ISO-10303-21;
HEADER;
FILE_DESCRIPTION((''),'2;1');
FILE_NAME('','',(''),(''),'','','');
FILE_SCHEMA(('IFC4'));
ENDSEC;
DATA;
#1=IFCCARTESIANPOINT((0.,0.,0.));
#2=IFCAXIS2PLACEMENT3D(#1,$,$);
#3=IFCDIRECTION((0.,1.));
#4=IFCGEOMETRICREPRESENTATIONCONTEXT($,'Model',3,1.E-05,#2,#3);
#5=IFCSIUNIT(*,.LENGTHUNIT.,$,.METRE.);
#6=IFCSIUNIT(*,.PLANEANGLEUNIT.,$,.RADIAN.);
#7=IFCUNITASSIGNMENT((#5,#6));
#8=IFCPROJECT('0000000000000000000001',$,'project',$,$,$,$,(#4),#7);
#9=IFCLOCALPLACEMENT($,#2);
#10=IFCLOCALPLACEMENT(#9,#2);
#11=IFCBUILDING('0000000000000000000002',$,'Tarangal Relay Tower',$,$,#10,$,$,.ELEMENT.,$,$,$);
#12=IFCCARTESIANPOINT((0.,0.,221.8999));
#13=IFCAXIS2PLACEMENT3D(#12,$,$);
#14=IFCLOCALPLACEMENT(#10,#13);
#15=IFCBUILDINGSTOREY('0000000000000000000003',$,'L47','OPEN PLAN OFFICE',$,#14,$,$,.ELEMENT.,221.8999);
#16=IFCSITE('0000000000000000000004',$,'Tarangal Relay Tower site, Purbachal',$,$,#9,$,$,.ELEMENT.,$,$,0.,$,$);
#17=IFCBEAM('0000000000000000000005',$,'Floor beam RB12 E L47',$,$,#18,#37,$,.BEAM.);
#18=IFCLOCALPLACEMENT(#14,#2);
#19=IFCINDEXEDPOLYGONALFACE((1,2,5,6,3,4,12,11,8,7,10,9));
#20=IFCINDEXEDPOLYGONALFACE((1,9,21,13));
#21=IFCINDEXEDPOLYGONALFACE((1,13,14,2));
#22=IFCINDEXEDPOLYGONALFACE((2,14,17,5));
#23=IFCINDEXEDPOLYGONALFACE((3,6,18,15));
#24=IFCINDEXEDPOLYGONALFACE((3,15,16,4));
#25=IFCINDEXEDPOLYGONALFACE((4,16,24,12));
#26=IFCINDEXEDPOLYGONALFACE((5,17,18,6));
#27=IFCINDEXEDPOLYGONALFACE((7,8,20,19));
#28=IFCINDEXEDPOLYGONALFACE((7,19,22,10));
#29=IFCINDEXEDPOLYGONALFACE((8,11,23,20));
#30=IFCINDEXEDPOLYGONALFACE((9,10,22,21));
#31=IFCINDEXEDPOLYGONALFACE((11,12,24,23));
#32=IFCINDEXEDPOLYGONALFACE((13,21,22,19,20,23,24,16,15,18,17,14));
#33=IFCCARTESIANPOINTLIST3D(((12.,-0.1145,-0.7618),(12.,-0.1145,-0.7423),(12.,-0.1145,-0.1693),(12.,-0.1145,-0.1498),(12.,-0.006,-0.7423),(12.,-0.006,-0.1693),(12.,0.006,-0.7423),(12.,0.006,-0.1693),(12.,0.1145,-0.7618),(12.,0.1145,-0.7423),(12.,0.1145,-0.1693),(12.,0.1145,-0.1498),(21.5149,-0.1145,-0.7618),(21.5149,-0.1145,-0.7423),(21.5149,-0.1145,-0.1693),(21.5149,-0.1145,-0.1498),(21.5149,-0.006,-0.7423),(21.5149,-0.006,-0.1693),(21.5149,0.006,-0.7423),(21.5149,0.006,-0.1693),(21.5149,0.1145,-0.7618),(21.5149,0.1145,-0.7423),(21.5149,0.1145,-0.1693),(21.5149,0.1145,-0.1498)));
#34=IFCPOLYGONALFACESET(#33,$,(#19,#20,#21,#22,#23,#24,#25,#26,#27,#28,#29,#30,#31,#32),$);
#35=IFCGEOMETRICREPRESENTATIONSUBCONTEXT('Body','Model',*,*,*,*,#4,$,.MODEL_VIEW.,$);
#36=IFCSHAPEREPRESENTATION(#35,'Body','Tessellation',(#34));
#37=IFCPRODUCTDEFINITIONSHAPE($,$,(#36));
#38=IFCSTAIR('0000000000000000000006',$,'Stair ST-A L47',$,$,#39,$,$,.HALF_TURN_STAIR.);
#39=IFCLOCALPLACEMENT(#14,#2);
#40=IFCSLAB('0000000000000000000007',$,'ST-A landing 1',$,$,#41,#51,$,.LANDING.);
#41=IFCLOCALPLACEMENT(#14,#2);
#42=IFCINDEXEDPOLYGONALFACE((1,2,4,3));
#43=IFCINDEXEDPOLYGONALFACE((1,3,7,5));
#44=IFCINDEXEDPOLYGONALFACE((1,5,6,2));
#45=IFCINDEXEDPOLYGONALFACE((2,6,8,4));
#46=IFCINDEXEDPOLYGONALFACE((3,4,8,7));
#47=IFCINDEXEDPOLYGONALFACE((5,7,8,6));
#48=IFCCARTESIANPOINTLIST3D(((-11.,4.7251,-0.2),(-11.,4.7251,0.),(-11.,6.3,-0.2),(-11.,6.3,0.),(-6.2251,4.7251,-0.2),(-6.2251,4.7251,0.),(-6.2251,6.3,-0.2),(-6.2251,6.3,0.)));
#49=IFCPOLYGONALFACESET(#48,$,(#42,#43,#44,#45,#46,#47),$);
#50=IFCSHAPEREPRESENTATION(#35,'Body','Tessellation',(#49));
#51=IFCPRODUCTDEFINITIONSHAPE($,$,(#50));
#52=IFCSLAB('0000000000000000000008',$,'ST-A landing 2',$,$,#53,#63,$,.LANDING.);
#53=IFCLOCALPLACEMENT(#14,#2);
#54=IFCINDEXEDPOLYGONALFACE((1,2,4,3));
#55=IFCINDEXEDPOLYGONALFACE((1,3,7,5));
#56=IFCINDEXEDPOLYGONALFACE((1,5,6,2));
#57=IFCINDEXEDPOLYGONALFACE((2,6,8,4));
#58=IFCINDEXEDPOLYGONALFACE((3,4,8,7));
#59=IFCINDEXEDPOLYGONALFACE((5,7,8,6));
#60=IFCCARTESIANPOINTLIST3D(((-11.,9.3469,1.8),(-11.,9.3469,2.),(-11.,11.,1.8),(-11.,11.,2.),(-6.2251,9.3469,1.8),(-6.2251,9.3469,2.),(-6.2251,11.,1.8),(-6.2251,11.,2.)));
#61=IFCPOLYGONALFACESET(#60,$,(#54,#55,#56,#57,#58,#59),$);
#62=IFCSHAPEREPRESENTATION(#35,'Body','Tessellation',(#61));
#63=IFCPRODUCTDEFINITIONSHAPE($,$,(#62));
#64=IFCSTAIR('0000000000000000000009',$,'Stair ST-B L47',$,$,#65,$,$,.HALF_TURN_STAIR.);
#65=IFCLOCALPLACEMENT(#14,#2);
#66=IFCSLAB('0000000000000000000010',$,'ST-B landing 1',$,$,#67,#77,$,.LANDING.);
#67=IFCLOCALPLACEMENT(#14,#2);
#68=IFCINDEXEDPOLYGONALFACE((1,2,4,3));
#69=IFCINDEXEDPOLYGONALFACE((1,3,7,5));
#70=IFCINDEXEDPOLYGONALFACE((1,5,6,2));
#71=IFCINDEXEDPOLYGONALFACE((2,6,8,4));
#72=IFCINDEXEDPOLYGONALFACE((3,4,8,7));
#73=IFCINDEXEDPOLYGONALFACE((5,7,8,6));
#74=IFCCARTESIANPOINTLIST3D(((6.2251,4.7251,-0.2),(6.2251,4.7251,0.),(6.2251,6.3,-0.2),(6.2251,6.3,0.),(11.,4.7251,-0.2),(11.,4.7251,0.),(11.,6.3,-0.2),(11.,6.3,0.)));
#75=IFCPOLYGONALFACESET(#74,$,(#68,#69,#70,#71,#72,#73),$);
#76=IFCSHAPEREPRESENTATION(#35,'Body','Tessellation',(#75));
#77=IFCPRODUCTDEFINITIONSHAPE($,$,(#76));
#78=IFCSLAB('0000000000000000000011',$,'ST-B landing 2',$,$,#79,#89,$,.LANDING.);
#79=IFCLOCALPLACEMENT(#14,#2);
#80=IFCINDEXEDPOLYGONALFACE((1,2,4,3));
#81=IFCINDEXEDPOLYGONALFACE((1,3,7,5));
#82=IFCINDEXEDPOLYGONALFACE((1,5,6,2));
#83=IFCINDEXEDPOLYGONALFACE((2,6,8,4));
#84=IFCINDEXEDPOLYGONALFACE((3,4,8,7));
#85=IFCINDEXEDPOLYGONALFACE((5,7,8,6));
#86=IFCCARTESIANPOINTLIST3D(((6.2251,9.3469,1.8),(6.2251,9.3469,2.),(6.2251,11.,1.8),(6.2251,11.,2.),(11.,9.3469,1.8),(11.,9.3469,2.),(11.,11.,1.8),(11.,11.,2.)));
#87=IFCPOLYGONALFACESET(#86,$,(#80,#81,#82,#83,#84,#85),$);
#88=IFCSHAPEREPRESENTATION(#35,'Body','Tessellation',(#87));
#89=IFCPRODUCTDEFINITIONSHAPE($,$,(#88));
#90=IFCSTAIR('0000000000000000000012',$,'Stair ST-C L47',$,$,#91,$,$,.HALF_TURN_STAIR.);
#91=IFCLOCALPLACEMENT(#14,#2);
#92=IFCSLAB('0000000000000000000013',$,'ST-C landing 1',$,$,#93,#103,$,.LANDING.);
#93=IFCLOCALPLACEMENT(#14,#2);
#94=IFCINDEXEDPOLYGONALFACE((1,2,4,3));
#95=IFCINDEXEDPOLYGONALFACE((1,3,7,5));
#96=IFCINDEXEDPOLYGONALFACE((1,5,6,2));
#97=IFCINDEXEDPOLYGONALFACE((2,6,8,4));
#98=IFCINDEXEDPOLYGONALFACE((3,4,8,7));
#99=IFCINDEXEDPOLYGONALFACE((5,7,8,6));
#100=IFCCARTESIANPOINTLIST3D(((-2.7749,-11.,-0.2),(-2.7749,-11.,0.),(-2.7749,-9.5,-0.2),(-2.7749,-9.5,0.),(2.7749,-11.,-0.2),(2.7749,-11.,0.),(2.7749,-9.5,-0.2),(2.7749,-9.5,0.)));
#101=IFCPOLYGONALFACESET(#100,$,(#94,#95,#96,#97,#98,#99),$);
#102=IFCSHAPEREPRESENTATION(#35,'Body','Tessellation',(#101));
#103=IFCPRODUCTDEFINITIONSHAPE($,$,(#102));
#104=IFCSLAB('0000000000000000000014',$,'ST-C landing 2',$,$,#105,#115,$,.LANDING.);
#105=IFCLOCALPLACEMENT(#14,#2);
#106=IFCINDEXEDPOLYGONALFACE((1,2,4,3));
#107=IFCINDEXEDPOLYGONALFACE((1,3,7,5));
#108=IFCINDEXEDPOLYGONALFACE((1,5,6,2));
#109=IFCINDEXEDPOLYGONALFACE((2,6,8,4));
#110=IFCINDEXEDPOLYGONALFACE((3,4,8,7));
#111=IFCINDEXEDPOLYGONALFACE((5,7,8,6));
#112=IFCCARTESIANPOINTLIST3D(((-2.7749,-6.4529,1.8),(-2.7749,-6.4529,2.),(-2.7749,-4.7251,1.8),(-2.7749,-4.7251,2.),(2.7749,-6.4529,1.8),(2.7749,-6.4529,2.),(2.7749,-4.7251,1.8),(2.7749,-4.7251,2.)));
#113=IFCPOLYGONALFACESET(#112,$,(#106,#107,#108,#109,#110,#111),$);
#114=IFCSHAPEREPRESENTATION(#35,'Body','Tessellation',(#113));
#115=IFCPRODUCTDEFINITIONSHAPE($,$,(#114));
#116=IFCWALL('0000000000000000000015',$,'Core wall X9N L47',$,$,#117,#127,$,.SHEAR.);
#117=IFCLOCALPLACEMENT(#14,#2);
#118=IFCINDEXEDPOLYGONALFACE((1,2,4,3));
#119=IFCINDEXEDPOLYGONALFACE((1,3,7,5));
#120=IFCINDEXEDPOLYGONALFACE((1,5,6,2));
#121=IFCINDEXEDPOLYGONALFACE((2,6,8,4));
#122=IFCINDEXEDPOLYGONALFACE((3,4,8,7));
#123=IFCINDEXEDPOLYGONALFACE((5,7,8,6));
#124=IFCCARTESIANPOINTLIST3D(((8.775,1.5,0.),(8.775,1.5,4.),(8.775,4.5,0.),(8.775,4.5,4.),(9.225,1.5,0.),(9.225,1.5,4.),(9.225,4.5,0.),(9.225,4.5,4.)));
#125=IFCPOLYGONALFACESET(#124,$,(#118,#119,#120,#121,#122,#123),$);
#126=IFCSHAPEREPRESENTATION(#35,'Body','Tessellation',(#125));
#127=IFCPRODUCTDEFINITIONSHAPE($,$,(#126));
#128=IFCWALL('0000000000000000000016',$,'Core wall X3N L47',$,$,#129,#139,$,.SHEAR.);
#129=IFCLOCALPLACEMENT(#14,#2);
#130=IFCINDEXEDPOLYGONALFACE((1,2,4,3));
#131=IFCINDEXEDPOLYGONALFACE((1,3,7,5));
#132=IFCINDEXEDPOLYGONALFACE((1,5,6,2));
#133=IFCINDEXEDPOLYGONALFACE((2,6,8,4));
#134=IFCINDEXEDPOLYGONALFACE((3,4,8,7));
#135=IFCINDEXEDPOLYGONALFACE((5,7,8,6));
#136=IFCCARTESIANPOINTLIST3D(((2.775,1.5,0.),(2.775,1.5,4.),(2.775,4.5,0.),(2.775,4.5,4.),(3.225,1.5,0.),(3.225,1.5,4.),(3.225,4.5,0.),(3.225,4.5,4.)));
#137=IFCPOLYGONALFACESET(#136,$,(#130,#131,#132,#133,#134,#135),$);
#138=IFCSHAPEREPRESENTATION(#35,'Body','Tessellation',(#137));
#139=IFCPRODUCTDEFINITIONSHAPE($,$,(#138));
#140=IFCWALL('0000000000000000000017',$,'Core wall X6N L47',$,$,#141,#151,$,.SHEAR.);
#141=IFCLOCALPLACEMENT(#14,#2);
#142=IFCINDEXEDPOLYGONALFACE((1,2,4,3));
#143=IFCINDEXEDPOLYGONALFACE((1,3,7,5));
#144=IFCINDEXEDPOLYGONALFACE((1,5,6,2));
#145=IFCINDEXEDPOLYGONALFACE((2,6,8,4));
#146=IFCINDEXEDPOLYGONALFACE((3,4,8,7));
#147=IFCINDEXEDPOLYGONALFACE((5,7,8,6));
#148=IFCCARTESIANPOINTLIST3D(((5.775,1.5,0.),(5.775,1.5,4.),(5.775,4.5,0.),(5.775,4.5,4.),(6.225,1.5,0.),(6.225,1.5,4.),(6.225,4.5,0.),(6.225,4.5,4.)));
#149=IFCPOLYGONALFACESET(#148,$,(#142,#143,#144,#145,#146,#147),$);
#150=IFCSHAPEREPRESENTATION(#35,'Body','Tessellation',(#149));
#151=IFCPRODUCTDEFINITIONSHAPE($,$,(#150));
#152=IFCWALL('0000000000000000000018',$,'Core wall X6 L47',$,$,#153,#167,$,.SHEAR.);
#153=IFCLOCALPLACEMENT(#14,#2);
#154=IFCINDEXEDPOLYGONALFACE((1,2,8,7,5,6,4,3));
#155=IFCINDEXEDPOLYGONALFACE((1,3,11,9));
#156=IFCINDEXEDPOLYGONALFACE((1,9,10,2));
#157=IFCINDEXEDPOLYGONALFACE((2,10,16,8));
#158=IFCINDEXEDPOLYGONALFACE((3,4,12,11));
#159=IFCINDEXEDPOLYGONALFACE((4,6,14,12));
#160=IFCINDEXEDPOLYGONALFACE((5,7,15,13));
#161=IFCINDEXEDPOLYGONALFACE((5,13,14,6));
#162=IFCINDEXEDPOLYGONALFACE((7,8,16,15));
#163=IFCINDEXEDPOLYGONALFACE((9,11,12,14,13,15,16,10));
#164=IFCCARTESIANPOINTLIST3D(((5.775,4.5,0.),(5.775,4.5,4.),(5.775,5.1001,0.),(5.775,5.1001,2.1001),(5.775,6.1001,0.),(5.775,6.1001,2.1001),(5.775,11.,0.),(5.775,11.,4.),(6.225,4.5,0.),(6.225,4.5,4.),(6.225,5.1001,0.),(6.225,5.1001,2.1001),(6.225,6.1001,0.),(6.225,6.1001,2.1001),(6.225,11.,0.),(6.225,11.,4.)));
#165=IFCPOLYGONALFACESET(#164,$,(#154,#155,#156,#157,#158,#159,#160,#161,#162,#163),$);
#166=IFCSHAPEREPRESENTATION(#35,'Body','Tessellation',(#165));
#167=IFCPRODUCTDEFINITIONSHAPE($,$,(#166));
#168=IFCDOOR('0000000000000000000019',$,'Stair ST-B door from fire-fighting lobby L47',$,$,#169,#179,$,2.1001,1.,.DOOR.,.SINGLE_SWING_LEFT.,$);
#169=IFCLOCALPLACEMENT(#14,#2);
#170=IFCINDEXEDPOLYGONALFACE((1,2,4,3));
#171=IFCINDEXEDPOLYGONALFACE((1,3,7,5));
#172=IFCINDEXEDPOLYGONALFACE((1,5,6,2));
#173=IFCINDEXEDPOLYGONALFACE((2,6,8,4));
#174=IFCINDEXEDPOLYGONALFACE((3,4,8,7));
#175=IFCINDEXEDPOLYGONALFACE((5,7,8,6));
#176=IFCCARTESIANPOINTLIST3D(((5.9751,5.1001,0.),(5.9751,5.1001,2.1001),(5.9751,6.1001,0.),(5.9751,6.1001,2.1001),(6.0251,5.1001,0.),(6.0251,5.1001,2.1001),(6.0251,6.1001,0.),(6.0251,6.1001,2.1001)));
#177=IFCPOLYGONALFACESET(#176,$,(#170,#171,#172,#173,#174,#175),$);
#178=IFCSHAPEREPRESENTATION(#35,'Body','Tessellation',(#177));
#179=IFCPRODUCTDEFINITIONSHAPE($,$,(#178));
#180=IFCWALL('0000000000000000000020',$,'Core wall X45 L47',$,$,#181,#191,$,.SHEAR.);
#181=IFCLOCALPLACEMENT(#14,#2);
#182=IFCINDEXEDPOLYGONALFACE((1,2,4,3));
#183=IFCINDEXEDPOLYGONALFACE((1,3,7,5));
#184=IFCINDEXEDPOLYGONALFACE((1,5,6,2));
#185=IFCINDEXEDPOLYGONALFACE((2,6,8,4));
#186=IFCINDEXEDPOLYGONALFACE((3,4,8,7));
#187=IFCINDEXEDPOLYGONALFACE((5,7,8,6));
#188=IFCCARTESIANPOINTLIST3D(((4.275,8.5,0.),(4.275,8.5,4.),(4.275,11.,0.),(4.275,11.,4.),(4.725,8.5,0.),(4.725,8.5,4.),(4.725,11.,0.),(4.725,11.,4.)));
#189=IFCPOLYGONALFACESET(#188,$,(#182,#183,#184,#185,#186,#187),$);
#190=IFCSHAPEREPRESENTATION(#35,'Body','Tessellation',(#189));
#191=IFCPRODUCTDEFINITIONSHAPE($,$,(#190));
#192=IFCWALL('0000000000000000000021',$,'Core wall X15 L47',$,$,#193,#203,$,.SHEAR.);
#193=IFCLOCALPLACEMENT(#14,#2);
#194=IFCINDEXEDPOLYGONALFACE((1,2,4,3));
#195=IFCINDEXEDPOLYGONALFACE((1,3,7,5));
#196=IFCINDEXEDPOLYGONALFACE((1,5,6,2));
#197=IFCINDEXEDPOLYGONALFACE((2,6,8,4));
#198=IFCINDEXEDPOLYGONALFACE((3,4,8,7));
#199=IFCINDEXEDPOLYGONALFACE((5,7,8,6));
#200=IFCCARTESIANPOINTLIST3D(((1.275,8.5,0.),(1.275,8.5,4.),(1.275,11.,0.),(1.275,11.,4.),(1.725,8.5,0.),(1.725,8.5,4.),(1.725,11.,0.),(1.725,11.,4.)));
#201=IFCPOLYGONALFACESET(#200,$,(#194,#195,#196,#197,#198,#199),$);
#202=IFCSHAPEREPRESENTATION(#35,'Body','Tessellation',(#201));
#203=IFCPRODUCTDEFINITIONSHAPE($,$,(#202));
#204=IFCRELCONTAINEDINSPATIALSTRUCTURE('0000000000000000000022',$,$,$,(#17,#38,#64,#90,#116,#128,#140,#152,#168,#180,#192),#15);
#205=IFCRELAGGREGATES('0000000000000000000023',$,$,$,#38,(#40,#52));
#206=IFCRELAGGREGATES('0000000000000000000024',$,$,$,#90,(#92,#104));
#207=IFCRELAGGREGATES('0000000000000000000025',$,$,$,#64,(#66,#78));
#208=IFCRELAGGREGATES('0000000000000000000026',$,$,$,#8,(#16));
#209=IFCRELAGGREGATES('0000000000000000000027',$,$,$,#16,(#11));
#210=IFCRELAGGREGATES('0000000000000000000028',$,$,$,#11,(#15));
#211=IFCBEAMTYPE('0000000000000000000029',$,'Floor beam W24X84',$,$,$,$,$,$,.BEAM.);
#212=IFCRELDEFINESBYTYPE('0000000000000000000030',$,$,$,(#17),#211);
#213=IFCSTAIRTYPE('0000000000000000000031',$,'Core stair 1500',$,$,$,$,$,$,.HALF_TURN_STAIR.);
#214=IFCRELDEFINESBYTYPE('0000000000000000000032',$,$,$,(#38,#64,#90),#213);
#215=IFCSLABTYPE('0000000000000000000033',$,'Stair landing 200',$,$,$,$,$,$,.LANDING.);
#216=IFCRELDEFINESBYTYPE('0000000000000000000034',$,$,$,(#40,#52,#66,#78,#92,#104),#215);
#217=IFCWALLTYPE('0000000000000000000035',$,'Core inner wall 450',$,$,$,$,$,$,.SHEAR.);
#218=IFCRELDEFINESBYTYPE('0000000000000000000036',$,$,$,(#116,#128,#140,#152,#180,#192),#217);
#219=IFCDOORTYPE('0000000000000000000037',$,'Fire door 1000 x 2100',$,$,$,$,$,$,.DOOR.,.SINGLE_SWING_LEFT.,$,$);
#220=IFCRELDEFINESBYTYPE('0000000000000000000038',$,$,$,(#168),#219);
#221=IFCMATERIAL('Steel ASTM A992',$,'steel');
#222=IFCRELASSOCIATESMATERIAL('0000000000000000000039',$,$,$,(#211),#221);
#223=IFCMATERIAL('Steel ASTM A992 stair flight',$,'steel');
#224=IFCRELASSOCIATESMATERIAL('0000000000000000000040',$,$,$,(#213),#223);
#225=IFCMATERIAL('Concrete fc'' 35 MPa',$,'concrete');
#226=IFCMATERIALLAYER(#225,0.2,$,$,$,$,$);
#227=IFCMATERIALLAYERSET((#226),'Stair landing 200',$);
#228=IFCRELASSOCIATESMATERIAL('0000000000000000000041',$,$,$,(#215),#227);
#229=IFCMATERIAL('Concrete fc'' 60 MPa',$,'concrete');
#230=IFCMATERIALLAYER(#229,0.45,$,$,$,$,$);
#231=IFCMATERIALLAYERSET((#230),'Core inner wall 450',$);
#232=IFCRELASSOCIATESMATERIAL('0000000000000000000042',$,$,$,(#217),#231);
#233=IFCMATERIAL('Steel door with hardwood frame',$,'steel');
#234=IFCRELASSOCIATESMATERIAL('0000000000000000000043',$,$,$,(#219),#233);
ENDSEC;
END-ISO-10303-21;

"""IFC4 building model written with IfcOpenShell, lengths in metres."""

from ifc_helpers import new_model, si_unit, direction, frame, frame_2d, origin, origin_2d, place, context, subcontext, project, spatial, polyline, rectangle, i_section, outline, extrude, material, layer, layer_set, material_profile, profile_set, type_object, element, fill, aggregate, save


model = new_model("IFC4")

# Units and contexts
model_context = context("Model", 3, precision=1e-05, world=origin(), true_north=direction((0.0, 1.0)))
body_context = subcontext(model_context, "Body", "Model", "MODEL_VIEW")
ifc_project = project(units=[si_unit("LENGTHUNIT", "METRE"), si_unit("PLANEANGLEUNIT", "RADIAN")], contexts=[model_context])

# Site, building, storey
site_placement = place(None, origin())
site = spatial("IfcSite", under=ifc_project, at=site_placement, Name="Tarangal Relay Tower site, Purbachal", CompositionType="ELEMENT", RefElevation=0.0)
building_placement = place(site_placement, origin())
building = spatial("IfcBuilding", under=site, at=building_placement, Name="Tarangal Relay Tower", CompositionType="ELEMENT")
storey_placement = place(building_placement, frame((0.0, 0.0, 221.8999)))
storey = spatial("IfcBuildingStorey", under=building, at=storey_placement, Name="L47", Description="OPEN PLAN OFFICE", CompositionType="ELEMENT", Elevation=221.8999)

# Beam
ifc_material_1 = material(Name="Steel ASTM A992", Category="steel")
ifc_material_profile = material_profile(ifc_material_1, i_section(OverallWidth=0.229, OverallDepth=0.6121, WebThickness=0.012, FlangeThickness=0.0195, at=origin_2d()), Name="W24X84")
ifc_profile_set = profile_set([ifc_material_profile], Name="Steel ASTM A992")
beam_type = type_object("IfcBeamType", Name="Floor beam W24X84", PredefinedType="BEAM", material=ifc_profile_set)
beam_placement = place(storey_placement, frame((12.0, 0.0, -0.4558), z_axis=(1.0, 0.0, 0.0), x_axis=(0.0, 1.0, 0.0)))
element("IfcBeam", 1, at=beam_placement, inside=storey, type_object=beam_type, Name="Floor beam RB12 E L47", PredefinedType="BEAM", context=body_context, shape_type="SweptSolid", body=[
    extrude(i_section(OverallWidth=0.229, OverallDepth=0.6121, WebThickness=0.012, FlangeThickness=0.0195, at=origin_2d()), origin(), (0.0, 0.0, 1.0), 9.5149),
])

# Stairs, slabs
ifc_material_2 = material(Name="Steel ASTM A992 stair flight", Category="steel")
stair_type = type_object("IfcStairType", Name="Core stair 1500", PredefinedType="HALF_TURN_STAIR", material=ifc_material_2)
stair_1_placement = place(storey_placement, origin())
stair_1 = element("IfcStair", 2, at=stair_1_placement, inside=storey, type_object=stair_type, Name="Stair ST-A L47", PredefinedType="HALF_TURN_STAIR")
ifc_material_3 = material(Name="Concrete fc' 35 MPa", Category="concrete")
ifc_layer_1 = layer(ifc_material_3, 0.2)
ifc_layer_set_1 = layer_set([ifc_layer_1], Name="Stair landing 200")
slab_type = type_object("IfcSlabType", Name="Stair landing 200", PredefinedType="LANDING", material=ifc_layer_set_1)
slab_1_placement = place(storey_placement, frame((0.0, 0.0, -0.2)))
slab_1 = element("IfcSlab", 3, at=slab_1_placement, type_object=slab_type, Name="ST-A landing 1", PredefinedType="LANDING", context=body_context, shape_type="SweptSolid", body=[
    extrude(outline(polyline([(-11.0, 4.7251), (-6.2251, 4.7251), (-6.2251, 6.3), (-11.0, 6.3), (-11.0, 4.7251)])), origin(), (0.0, 0.0, 1.0), 0.2),
])
slab_2_placement = place(storey_placement, frame((0.0, 0.0, 1.8)))
slab_2 = element("IfcSlab", 4, at=slab_2_placement, type_object=slab_type, Name="ST-A landing 2", PredefinedType="LANDING", context=body_context, shape_type="SweptSolid", body=[
    extrude(outline(polyline([(-11.0, 9.3469), (-6.2251, 9.3469), (-6.2251, 11.0), (-11.0, 11.0), (-11.0, 9.3469)])), origin(), (0.0, 0.0, 1.0), 0.2),
])
aggregate(stair_1, [slab_1, slab_2])
stair_2_placement = place(storey_placement, origin())
stair_2 = element("IfcStair", 5, at=stair_2_placement, inside=storey, type_object=stair_type, Name="Stair ST-B L47", PredefinedType="HALF_TURN_STAIR")
slab_3_placement = place(storey_placement, frame((0.0, 0.0, -0.2)))
slab_3 = element("IfcSlab", 6, at=slab_3_placement, type_object=slab_type, Name="ST-B landing 1", PredefinedType="LANDING", context=body_context, shape_type="SweptSolid", body=[
    extrude(outline(polyline([(6.2251, 4.7251), (11.0, 4.7251), (11.0, 6.3), (6.2251, 6.3), (6.2251, 4.7251)])), origin(), (0.0, 0.0, 1.0), 0.2),
])
slab_4_placement = place(storey_placement, frame((0.0, 0.0, 1.8)))
slab_4 = element("IfcSlab", 7, at=slab_4_placement, type_object=slab_type, Name="ST-B landing 2", PredefinedType="LANDING", context=body_context, shape_type="SweptSolid", body=[
    extrude(outline(polyline([(6.2251, 9.3469), (11.0, 9.3469), (11.0, 11.0), (6.2251, 11.0), (6.2251, 9.3469)])), origin(), (0.0, 0.0, 1.0), 0.2),
])
stair_3_placement = place(storey_placement, origin())
stair_3 = element("IfcStair", 8, at=stair_3_placement, inside=storey, type_object=stair_type, Name="Stair ST-C L47", PredefinedType="HALF_TURN_STAIR")
slab_5_placement = place(storey_placement, frame((0.0, 0.0, -0.2)))
slab_5 = element("IfcSlab", 9, at=slab_5_placement, type_object=slab_type, Name="ST-C landing 1", PredefinedType="LANDING", context=body_context, shape_type="SweptSolid", body=[
    extrude(outline(polyline([(-2.7749, -11.0), (2.7749, -11.0), (2.7749, -9.5), (-2.7749, -9.5), (-2.7749, -11.0)])), origin(), (0.0, 0.0, 1.0), 0.2),
])
slab_6_placement = place(storey_placement, frame((0.0, 0.0, 1.8)))
slab_6 = element("IfcSlab", 10, at=slab_6_placement, type_object=slab_type, Name="ST-C landing 2", PredefinedType="LANDING", context=body_context, shape_type="SweptSolid", body=[
    extrude(outline(polyline([(-2.7749, -6.4529), (2.7749, -6.4529), (2.7749, -4.7251), (-2.7749, -4.7251), (-2.7749, -6.4529)])), origin(), (0.0, 0.0, 1.0), 0.2),
])
aggregate(stair_3, [slab_5, slab_6])

# Walls
ifc_material_4 = material(Name="Concrete fc' 60 MPa", Category="concrete")
ifc_layer_2 = layer(ifc_material_4, 0.45)
ifc_layer_set_2 = layer_set([ifc_layer_2], Name="Core inner wall 450")
wall_type_1 = type_object("IfcWallType", Name="Core inner wall 450", PredefinedType="SHEAR", material=ifc_layer_set_2)
for number, where, z_axis, x_axis, name in (
    (11, (9.0, 1.5, 0.0), (0.0, 0.0, 1.0), (0.0, 1.0, 0.0), "Core wall X9N L47"),
    (12, (3.0, 1.5, 0.0), (0.0, 0.0, 1.0), (0.0, 1.0, 0.0), "Core wall X3N L47"),
    (13, (6.0, 1.5, 0.0), (0.0, 0.0, 1.0), (0.0, 1.0, 0.0), "Core wall X6N L47"),
):
    element("IfcWall", number, at=place(storey_placement, frame(where, z_axis=z_axis, x_axis=x_axis)), inside=storey, type_object=wall_type_1, Name=name, PredefinedType="SHEAR", context=body_context, shape_type="SweptSolid", body=[
        extrude(rectangle(XDim=3.0, YDim=0.45, at=frame_2d((1.5, 0.0))), origin(), (0.0, 0.0, 1.0), 4.0),
    ])

# Wall, opening, door
wall_1_placement = place(storey_placement, frame((6.0, 4.5, 0.0), z_axis=(0.0, 0.0, 1.0), x_axis=(0.0, 1.0, 0.0)))
wall_1 = element("IfcWall", 14, at=wall_1_placement, inside=storey, type_object=wall_type_1, Name="Core wall X6 L47", PredefinedType="SHEAR", context=body_context, shape_type="SweptSolid", body=[
    extrude(rectangle(XDim=6.5, YDim=0.45, at=frame_2d((3.25, 0.0))), origin(), (0.0, 0.0, 1.0), 4.0),
])
opening_1_placement = place(wall_1_placement, frame((0.6001, 0.0, 0.0)))
opening_1 = element("IfcOpeningElement", 15, at=opening_1_placement, cuts=wall_1, PredefinedType="OPENING", context=body_context, shape_type="SweptSolid", body=[
    extrude(rectangle(XDim=1.0, YDim=2.1001, at=frame_2d((0.5, 1.05))), frame((0.0, 0.2349, 0.0), z_axis=(0.0, -1.0, 0.0), x_axis=(1.0, 0.0, 0.0)), (0.0, 0.0, 1.0), 0.47),
])
ifc_material_5 = material(Name="Steel door with hardwood frame", Category="steel")
door_type_1 = type_object("IfcDoorType", Name="Fire door 1000 x 2100", OperationType="SINGLE_SWING_LEFT", PredefinedType="DOOR", material=ifc_material_5)
door_1_placement = place(opening_1_placement, origin())
door_1 = element("IfcDoor", 16, at=door_1_placement, inside=storey, type_object=door_type_1, Name="Stair ST-B door from fire-fighting lobby L47", OperationType="SINGLE_SWING_LEFT", OverallHeight=2.1001, OverallWidth=1.0, PredefinedType="DOOR", context=body_context, shape_type="SweptSolid", body=[
    extrude(rectangle(XDim=1.0, YDim=2.1001, at=frame_2d((0.5, 1.05))), frame((0.0, 0.0249, 0.0), z_axis=(0.0, -1.0, 0.0), x_axis=(1.0, 0.0, 0.0)), (0.0, 0.0, 1.0), 0.05),
])
fill(opening_1, door_1)

# Walls
for number, where, z_axis, x_axis, name in (
    (17, (4.5, 8.5, 0.0), (0.0, 0.0, 1.0), (0.0, 1.0, 0.0), "Core wall X45 L47"),
    (18, (1.5, 8.5, 0.0), (0.0, 0.0, 1.0), (0.0, 1.0, 0.0), "Core wall X15 L47"),
):
    element("IfcWall", number, at=place(storey_placement, frame(where, z_axis=z_axis, x_axis=x_axis)), inside=storey, type_object=wall_type_1, Name=name, PredefinedType="SHEAR", context=body_context, shape_type="SweptSolid", body=[
        extrude(rectangle(XDim=2.5, YDim=0.45, at=frame_2d((1.25, 0.0))), origin(), (0.0, 0.0, 1.0), 4.0),
    ])

aggregate(stair_2, [slab_3, slab_4])

save(model, "model.ifc")
